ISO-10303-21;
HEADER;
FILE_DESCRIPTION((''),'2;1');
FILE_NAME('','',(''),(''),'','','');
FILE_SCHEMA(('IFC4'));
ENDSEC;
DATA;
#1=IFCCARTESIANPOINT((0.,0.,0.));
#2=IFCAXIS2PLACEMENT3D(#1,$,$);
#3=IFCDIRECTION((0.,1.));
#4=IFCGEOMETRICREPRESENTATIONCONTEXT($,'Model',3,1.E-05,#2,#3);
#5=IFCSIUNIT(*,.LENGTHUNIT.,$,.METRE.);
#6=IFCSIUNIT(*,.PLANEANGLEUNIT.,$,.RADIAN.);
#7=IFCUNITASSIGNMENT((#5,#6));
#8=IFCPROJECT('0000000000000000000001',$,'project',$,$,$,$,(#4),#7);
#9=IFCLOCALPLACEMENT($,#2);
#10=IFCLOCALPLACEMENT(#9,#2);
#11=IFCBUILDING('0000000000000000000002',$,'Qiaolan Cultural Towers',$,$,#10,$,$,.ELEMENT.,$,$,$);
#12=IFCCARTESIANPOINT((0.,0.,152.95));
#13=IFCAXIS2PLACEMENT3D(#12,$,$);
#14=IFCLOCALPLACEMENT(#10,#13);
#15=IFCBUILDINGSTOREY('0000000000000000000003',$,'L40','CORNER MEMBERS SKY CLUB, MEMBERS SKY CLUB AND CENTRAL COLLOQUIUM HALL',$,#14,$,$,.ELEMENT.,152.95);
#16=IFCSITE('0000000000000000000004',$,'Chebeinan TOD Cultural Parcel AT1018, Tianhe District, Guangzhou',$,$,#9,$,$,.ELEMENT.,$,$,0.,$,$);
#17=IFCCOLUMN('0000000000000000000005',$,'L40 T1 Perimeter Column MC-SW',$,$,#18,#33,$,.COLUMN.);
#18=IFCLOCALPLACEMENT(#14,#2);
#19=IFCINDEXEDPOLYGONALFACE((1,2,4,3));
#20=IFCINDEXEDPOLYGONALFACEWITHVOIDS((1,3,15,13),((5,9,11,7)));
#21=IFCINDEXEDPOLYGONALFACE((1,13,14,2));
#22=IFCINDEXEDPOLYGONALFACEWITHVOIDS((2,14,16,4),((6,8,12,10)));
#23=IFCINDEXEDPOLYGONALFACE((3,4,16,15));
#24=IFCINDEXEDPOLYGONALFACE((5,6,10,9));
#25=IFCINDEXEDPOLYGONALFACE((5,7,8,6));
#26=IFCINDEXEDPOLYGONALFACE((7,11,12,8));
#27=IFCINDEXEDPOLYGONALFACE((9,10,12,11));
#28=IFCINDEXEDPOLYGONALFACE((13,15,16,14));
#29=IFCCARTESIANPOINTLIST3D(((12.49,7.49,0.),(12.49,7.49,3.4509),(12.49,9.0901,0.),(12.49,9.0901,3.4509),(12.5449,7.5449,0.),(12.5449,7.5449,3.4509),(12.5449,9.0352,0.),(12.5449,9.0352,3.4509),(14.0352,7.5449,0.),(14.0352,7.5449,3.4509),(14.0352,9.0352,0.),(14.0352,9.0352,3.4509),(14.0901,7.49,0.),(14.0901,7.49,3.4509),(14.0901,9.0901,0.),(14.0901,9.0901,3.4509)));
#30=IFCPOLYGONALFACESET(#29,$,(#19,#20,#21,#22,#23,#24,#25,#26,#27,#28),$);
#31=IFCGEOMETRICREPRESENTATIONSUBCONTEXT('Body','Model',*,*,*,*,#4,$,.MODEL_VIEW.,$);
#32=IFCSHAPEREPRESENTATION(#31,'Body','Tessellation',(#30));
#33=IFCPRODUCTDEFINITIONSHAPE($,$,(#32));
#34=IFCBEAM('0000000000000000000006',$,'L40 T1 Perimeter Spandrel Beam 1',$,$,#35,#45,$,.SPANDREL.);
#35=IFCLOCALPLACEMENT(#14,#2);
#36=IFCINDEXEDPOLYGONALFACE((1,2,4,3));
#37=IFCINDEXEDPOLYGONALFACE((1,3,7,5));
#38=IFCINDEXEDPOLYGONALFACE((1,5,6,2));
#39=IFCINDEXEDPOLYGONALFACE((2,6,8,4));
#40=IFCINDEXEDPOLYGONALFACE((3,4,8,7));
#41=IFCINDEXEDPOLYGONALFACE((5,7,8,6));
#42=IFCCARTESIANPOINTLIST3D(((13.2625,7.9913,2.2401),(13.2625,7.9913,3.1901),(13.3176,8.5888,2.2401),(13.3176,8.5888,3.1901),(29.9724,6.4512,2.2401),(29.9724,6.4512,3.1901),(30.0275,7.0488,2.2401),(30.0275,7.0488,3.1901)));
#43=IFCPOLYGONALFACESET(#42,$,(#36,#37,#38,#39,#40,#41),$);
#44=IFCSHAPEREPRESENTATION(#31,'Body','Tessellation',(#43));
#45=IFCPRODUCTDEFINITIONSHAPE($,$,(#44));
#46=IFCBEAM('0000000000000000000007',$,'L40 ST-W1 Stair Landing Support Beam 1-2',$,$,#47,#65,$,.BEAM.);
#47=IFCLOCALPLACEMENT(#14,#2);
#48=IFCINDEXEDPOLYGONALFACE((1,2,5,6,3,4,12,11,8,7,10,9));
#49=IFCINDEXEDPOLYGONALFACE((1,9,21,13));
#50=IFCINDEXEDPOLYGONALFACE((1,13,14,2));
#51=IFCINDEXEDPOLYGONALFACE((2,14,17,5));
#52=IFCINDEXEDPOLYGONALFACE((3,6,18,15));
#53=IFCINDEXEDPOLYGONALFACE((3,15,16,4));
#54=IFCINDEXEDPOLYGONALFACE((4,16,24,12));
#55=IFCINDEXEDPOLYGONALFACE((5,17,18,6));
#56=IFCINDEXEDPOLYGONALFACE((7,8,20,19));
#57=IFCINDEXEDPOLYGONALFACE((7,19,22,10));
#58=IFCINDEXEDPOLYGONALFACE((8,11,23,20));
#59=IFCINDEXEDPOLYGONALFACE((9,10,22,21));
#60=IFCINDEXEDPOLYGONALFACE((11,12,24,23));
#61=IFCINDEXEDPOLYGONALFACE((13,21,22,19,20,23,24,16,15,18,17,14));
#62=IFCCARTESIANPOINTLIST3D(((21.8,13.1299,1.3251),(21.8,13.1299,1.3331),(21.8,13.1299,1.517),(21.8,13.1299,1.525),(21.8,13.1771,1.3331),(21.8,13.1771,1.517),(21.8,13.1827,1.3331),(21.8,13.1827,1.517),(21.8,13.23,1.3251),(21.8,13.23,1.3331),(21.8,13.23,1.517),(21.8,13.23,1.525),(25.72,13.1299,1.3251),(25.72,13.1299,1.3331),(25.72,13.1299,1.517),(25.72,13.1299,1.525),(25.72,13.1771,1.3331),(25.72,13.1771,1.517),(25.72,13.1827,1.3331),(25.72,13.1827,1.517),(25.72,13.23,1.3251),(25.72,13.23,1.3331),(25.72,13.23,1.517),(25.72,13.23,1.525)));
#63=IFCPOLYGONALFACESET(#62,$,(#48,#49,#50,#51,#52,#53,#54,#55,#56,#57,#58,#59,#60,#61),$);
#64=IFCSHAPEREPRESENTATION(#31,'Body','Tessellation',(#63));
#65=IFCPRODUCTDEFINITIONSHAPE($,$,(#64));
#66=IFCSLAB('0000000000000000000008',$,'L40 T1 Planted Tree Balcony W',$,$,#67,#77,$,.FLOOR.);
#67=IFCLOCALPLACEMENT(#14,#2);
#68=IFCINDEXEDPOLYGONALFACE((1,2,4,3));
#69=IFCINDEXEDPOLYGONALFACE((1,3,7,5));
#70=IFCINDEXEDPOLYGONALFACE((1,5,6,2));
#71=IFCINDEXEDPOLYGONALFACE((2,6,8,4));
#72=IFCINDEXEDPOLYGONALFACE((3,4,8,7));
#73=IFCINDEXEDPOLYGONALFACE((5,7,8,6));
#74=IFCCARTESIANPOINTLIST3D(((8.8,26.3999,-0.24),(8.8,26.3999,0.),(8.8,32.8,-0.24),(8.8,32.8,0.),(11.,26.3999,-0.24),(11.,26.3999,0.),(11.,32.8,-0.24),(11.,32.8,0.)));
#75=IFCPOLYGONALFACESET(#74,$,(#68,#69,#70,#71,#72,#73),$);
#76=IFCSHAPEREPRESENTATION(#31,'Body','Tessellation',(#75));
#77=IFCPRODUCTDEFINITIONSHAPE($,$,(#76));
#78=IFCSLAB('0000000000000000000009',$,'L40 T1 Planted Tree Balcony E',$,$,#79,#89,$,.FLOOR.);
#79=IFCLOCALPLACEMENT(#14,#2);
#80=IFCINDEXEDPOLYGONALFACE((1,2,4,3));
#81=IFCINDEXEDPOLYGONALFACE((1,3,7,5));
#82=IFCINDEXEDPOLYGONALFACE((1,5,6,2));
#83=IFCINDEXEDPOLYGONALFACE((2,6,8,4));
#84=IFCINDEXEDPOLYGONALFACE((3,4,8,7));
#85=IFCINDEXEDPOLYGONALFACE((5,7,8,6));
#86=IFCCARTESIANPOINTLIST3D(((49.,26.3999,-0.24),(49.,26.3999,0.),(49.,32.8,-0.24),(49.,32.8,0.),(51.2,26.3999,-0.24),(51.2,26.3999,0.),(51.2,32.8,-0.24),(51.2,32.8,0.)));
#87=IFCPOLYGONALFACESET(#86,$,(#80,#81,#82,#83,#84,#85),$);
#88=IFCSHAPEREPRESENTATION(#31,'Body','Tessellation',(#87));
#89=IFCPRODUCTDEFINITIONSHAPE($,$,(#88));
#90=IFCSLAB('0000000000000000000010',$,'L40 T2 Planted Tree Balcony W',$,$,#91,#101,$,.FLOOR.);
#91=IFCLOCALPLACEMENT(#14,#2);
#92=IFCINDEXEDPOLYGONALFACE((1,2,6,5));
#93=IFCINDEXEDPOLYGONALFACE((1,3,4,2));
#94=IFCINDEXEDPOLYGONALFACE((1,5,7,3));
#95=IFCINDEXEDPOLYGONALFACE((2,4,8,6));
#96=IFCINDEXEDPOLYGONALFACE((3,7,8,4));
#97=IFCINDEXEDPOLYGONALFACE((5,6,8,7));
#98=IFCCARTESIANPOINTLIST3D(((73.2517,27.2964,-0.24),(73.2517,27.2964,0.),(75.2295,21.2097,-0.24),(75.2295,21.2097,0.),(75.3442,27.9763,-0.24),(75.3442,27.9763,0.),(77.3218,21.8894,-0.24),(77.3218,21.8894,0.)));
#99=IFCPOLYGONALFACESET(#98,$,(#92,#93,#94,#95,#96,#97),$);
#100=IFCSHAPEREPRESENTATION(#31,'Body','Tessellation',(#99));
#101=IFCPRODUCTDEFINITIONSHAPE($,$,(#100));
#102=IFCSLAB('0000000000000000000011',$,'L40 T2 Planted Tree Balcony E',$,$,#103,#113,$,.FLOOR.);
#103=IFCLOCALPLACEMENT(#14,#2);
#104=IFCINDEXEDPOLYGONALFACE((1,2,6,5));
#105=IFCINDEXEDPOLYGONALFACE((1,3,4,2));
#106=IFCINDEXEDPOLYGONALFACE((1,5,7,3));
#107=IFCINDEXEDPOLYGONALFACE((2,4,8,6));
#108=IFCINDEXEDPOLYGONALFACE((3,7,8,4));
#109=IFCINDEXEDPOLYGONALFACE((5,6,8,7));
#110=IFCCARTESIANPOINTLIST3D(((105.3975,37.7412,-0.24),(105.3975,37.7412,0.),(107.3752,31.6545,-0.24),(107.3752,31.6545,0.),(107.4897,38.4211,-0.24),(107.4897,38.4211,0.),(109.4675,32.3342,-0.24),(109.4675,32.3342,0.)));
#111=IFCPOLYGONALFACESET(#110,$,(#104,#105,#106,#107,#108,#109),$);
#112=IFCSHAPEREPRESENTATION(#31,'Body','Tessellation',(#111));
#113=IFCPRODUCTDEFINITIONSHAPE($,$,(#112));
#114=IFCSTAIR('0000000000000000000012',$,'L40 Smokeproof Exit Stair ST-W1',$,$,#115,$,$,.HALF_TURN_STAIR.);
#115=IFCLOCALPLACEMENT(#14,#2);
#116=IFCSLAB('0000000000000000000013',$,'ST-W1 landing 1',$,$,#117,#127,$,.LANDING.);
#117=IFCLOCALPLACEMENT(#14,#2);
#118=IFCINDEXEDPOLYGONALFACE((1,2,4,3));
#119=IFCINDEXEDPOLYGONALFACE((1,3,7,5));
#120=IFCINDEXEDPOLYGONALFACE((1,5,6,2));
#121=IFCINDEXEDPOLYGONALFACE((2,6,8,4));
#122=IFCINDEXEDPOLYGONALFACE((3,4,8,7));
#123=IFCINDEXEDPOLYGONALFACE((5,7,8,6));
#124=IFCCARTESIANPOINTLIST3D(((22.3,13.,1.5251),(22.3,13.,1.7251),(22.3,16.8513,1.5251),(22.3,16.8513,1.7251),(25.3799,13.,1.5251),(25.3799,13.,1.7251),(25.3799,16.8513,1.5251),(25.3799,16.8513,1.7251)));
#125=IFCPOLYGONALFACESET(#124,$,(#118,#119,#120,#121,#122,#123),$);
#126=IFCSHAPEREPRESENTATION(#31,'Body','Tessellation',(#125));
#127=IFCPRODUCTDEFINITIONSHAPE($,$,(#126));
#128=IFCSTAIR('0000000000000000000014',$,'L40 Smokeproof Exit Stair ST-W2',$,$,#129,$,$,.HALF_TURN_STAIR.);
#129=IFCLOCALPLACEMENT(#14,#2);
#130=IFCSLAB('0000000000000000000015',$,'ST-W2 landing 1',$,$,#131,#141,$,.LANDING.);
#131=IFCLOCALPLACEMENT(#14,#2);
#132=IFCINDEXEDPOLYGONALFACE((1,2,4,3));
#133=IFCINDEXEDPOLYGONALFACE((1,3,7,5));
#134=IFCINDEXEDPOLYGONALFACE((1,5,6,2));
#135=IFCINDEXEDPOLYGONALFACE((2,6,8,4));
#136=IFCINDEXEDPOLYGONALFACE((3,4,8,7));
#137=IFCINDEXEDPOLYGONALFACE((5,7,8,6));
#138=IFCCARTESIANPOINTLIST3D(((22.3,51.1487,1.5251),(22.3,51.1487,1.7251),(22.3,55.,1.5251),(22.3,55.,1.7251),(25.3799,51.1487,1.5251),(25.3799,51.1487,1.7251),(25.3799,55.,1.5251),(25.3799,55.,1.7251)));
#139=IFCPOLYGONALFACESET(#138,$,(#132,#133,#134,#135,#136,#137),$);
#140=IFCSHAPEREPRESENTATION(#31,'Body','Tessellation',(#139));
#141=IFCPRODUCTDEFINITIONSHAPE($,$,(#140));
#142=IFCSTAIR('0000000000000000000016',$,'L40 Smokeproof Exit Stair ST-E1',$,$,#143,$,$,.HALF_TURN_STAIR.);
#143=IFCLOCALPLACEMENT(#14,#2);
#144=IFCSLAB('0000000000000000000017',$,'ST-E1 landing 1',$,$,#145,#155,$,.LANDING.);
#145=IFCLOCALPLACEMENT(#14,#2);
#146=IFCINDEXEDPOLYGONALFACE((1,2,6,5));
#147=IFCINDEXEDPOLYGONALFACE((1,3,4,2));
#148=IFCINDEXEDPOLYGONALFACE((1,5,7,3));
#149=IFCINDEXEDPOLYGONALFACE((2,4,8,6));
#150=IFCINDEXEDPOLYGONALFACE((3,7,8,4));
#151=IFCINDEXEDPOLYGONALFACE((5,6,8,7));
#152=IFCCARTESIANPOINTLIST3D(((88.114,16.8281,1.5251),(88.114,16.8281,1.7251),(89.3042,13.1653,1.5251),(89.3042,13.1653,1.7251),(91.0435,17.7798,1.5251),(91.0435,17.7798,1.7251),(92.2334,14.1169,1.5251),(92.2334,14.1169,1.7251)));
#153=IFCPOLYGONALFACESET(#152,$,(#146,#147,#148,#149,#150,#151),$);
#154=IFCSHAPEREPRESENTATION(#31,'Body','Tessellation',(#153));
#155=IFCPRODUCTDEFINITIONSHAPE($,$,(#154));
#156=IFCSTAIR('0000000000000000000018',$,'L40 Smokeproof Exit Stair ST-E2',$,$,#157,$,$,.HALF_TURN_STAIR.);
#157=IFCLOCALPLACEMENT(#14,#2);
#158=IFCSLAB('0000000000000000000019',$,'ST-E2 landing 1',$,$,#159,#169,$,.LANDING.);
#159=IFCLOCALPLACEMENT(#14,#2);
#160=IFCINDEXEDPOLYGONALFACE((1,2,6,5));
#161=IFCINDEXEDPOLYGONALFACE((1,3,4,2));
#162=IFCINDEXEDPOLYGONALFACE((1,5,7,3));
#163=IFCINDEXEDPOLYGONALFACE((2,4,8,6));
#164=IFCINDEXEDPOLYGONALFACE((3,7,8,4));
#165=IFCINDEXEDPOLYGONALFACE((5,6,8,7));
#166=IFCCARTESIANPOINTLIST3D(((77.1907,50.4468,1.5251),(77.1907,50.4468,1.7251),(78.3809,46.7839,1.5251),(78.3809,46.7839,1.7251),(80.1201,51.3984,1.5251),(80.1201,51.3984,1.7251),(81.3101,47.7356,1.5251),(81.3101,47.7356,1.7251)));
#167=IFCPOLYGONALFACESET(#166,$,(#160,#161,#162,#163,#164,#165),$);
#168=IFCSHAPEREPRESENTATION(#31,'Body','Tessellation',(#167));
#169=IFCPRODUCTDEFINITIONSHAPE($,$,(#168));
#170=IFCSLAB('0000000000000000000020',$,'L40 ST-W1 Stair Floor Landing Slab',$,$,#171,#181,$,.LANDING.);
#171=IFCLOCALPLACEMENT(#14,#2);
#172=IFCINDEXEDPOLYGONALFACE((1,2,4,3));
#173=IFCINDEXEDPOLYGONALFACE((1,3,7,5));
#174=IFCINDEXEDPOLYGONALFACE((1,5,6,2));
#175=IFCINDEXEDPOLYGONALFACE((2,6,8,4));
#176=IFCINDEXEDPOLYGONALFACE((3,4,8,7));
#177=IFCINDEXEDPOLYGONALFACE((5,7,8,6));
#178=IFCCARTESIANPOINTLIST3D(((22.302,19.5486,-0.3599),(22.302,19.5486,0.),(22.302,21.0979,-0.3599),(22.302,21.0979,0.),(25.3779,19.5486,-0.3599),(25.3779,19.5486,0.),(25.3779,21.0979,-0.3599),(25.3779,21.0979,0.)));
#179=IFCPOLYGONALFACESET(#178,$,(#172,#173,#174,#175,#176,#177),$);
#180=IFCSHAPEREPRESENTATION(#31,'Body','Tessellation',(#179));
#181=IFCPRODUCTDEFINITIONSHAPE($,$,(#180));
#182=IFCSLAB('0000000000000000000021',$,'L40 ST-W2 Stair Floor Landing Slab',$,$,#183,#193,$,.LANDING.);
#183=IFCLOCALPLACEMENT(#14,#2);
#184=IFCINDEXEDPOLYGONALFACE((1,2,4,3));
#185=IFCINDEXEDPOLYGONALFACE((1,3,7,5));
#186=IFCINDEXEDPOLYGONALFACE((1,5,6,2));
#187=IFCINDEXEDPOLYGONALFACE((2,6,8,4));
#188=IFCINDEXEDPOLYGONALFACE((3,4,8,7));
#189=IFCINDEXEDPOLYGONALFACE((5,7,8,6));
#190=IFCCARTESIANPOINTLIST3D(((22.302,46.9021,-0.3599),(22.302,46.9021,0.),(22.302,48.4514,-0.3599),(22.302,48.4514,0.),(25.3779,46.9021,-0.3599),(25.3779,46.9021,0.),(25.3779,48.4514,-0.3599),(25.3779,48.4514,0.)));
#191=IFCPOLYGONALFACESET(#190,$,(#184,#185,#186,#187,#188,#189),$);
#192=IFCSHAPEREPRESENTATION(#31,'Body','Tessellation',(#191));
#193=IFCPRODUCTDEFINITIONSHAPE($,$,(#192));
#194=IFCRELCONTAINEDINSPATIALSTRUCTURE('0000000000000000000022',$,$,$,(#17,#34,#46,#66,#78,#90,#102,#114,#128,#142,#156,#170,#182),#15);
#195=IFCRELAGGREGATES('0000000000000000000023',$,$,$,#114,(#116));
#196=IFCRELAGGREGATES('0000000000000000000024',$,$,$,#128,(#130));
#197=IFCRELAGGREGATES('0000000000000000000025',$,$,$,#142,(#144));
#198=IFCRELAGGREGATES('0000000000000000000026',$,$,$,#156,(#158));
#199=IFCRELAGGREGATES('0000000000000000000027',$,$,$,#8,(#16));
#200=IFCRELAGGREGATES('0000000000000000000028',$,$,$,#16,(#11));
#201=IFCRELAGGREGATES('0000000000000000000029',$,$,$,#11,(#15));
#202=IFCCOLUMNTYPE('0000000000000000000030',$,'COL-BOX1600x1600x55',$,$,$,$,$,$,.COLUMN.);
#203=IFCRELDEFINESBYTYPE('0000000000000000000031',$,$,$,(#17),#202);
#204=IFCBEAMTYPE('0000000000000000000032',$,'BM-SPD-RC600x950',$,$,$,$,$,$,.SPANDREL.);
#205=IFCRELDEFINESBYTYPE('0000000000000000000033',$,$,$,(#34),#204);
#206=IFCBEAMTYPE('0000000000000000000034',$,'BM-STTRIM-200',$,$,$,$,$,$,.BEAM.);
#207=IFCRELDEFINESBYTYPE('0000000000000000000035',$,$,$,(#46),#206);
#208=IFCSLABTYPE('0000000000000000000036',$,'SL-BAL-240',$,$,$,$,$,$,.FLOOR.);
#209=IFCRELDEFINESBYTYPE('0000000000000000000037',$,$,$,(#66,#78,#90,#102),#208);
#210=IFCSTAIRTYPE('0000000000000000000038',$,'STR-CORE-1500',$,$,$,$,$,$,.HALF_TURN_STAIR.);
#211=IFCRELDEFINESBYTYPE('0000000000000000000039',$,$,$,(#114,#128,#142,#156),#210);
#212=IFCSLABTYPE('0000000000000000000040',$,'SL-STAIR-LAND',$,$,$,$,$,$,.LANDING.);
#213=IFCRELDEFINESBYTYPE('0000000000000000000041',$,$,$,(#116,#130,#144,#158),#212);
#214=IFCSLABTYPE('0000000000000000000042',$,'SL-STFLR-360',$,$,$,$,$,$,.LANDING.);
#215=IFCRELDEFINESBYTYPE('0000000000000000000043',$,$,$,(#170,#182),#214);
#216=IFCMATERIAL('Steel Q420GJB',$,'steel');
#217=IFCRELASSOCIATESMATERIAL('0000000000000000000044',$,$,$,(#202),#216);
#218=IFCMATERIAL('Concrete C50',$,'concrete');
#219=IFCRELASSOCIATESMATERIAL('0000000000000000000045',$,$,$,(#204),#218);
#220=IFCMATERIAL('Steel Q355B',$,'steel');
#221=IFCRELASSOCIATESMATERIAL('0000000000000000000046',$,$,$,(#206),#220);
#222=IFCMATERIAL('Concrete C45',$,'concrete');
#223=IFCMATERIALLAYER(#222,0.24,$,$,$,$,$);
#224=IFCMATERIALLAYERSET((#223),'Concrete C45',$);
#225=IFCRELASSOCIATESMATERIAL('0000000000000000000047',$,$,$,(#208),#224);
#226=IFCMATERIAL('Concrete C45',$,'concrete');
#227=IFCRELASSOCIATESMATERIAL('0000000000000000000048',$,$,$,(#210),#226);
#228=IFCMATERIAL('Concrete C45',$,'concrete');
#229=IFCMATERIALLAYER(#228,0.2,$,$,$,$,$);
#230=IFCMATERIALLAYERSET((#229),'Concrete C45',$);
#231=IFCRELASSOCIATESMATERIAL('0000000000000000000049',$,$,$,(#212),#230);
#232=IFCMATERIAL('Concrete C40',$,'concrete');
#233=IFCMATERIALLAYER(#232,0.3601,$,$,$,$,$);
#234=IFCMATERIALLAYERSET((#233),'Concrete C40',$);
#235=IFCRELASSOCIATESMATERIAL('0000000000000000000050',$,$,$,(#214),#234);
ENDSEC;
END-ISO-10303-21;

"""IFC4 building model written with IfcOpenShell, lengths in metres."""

from ifc_helpers import new_model, si_unit, direction, frame, origin, origin_2d, place, context, subcontext, project, spatial, polyline, rectangle, hollow_rectangle, i_section, outline, extrude, material, layer, layer_set, material_profile, profile_set, type_object, element, aggregate, save


model = new_model("IFC4")

# Units and contexts
model_context = context("Model", 3, precision=1e-05, world=origin(), true_north=direction((0.0, 1.0)))
body_context = subcontext(model_context, "Body", "Model", "MODEL_VIEW")
ifc_project = project(units=[si_unit("LENGTHUNIT", "METRE"), si_unit("PLANEANGLEUNIT", "RADIAN")], contexts=[model_context])

# Site, building, storey
site_placement = place(None, origin())
site = spatial("IfcSite", under=ifc_project, at=site_placement, Name="Chebeinan TOD Cultural Parcel AT1018, Tianhe District, Guangzhou", CompositionType="ELEMENT", RefElevation=0.0)
building_placement = place(site_placement, origin())
building = spatial("IfcBuilding", under=site, at=building_placement, Name="Qiaolan Cultural Towers", CompositionType="ELEMENT")
storey_placement = place(building_placement, frame((0.0, 0.0, 152.95)))
storey = spatial("IfcBuildingStorey", under=building, at=storey_placement, Name="L40", Description="CORNER MEMBERS SKY CLUB, MEMBERS SKY CLUB AND CENTRAL COLLOQUIUM HALL", CompositionType="ELEMENT", Elevation=152.95)

# Column
ifc_material_1 = material(Name="Steel Q420GJB", Category="steel")
ifc_material_profile_1 = material_profile(ifc_material_1, hollow_rectangle(XDim=1.6001, YDim=1.6001, WallThickness=0.0549, at=origin_2d()), Name="BOX1600x1600x55")
ifc_profile_set_1 = profile_set([ifc_material_profile_1], Name="Steel Q420GJB")
column_type = type_object("IfcColumnType", Name="COL-BOX1600x1600x55", PredefinedType="COLUMN", material=ifc_profile_set_1)
column_placement = place(storey_placement, frame((13.29, 8.29, 0.0), z_axis=(0.0, 0.0, 1.0), x_axis=(1.0, 0.0, 0.0)))
element("IfcColumn", 1, at=column_placement, inside=storey, type_object=column_type, Name="L40 T1 Perimeter Column MC-SW", PredefinedType="COLUMN", context=body_context, shape_type="SweptSolid", body=[
    extrude(hollow_rectangle(XDim=1.6001, YDim=1.6001, WallThickness=0.0549, at=origin_2d()), origin(), (0.0, 0.0, 1.0), 3.4509),
])

# Beams
ifc_material_2 = material(Name="Concrete C50", Category="concrete")
ifc_material_profile_2 = material_profile(ifc_material_2, rectangle(XDim=0.6001, YDim=0.95, at=origin_2d()), Name="RC600x950")
ifc_profile_set_2 = profile_set([ifc_material_profile_2], Name="Concrete C50")
beam_type_1 = type_object("IfcBeamType", Name="BM-SPD-RC600x950", PredefinedType="SPANDREL", material=ifc_profile_set_2)
beam_1_placement = place(storey_placement, frame((13.29, 8.29, 2.7151), z_axis=(0.99578, -0.091774, 0.0), x_axis=(0.091774, 0.99578, 0.0)))
element("IfcBeam", 2, at=beam_1_placement, inside=storey, type_object=beam_type_1, Name="L40 T1 Perimeter Spandrel Beam 1", PredefinedType="SPANDREL", context=body_context, shape_type="SweptSolid", body=[
    extrude(rectangle(XDim=0.6001, YDim=0.95, at=origin_2d()), origin(), (0.0, 0.0, 1.0), 16.7808),
])
ifc_material_3 = material(Name="Steel Q355B", Category="steel")
ifc_material_profile_3 = material_profile(ifc_material_3, i_section(OverallWidth=0.1001, OverallDepth=0.2, WebThickness=0.0056, FlangeThickness=0.0081, at=origin_2d()), Name="HN200x100x5.5x8")
ifc_profile_set_3 = profile_set([ifc_material_profile_3], Name="Steel Q355B")
beam_type_2 = type_object("IfcBeamType", Name="BM-STTRIM-200", PredefinedType="BEAM", material=ifc_profile_set_3)
beam_2_placement = place(storey_placement, frame((21.8, 13.1799, 1.425), z_axis=(1.0, 0.0, 0.0), x_axis=(0.0, 1.0, 0.0)))
element("IfcBeam", 3, at=beam_2_placement, inside=storey, type_object=beam_type_2, Name="L40 ST-W1 Stair Landing Support Beam 1-2", PredefinedType="BEAM", context=body_context, shape_type="SweptSolid", body=[
    extrude(i_section(OverallWidth=0.1001, OverallDepth=0.2, WebThickness=0.0056, FlangeThickness=0.0081, at=origin_2d()), origin(), (0.0, 0.0, 1.0), 3.9199),
])

# Slabs
ifc_material_4 = material(Name="Concrete C45", Category="concrete")
ifc_layer_1 = layer(ifc_material_4, 0.24)
ifc_layer_set_1 = layer_set([ifc_layer_1], Name="Concrete C45")
slab_type_1 = type_object("IfcSlabType", Name="SL-BAL-240", PredefinedType="FLOOR", material=ifc_layer_set_1)
slab_1_placement = place(storey_placement, frame((0.0, 0.0, -0.24)))
element("IfcSlab", 4, at=slab_1_placement, inside=storey, type_object=slab_type_1, Name="L40 T1 Planted Tree Balcony W", PredefinedType="FLOOR", context=body_context, shape_type="SweptSolid", body=[
    extrude(outline(polyline([(8.8, 26.3999), (11.0, 26.3999), (11.0, 32.8), (8.8, 32.8), (8.8, 26.3999)])), origin(), (0.0, 0.0, 1.0), 0.24),
])
slab_2_placement = place(storey_placement, frame((0.0, 0.0, -0.24)))
element("IfcSlab", 5, at=slab_2_placement, inside=storey, type_object=slab_type_1, Name="L40 T1 Planted Tree Balcony E", PredefinedType="FLOOR", context=body_context, shape_type="SweptSolid", body=[
    extrude(outline(polyline([(49.0, 26.3999), (51.2, 26.3999), (51.2, 32.8), (49.0, 32.8), (49.0, 26.3999)])), origin(), (0.0, 0.0, 1.0), 0.24),
])
slab_3_placement = place(storey_placement, frame((0.0, 0.0, -0.24)))
element("IfcSlab", 6, at=slab_3_placement, inside=storey, type_object=slab_type_1, Name="L40 T2 Planted Tree Balcony W", PredefinedType="FLOOR", context=body_context, shape_type="SweptSolid", body=[
    extrude(outline(polyline([(75.2295, 21.2097), (77.3218, 21.8894), (75.3442, 27.9763), (73.2517, 27.2964), (75.2295, 21.2097)])), origin(), (0.0, 0.0, 1.0), 0.24),
])
slab_4_placement = place(storey_placement, frame((0.0, 0.0, -0.24)))
element("IfcSlab", 7, at=slab_4_placement, inside=storey, type_object=slab_type_1, Name="L40 T2 Planted Tree Balcony E", PredefinedType="FLOOR", context=body_context, shape_type="SweptSolid", body=[
    extrude(outline(polyline([(107.3752, 31.6545), (109.4675, 32.3342), (107.4897, 38.4211), (105.3975, 37.7412), (107.3752, 31.6545)])), origin(), (0.0, 0.0, 1.0), 0.24),
])

# Stairs, slabs
ifc_material_5 = material(Name="Concrete C45", Category="concrete")
stair_type = type_object("IfcStairType", Name="STR-CORE-1500", PredefinedType="HALF_TURN_STAIR", material=ifc_material_5)
stair_1_placement = place(storey_placement, origin())
stair_1 = element("IfcStair", 8, at=stair_1_placement, inside=storey, type_object=stair_type, Name="L40 Smokeproof Exit Stair ST-W1", PredefinedType="HALF_TURN_STAIR")
ifc_material_6 = material(Name="Concrete C45", Category="concrete")
ifc_layer_2 = layer(ifc_material_6, 0.2)
ifc_layer_set_2 = layer_set([ifc_layer_2], Name="Concrete C45")
slab_type_2 = type_object("IfcSlabType", Name="SL-STAIR-LAND", PredefinedType="LANDING", material=ifc_layer_set_2)
slab_5_placement = place(storey_placement, frame((0.0, 0.0, 1.5251)))
slab_5 = element("IfcSlab", 9, at=slab_5_placement, type_object=slab_type_2, Name="ST-W1 landing 1", PredefinedType="LANDING", context=body_context, shape_type="SweptSolid", body=[
    extrude(outline(polyline([(22.3, 16.8513), (22.3, 13.0), (25.3799, 13.0), (25.3799, 16.8513), (22.3, 16.8513)])), origin(), (0.0, 0.0, 1.0), 0.2),
])
aggregate(stair_1, [slab_5])
stair_2_placement = place(storey_placement, origin())
stair_2 = element("IfcStair", 10, at=stair_2_placement, inside=storey, type_object=stair_type, Name="L40 Smokeproof Exit Stair ST-W2", PredefinedType="HALF_TURN_STAIR")
slab_6_placement = place(storey_placement, frame((0.0, 0.0, 1.5251)))
slab_6 = element("IfcSlab", 11, at=slab_6_placement, type_object=slab_type_2, Name="ST-W2 landing 1", PredefinedType="LANDING", context=body_context, shape_type="SweptSolid", body=[
    extrude(outline(polyline([(25.3799, 51.1487), (25.3799, 55.0), (22.3, 55.0), (22.3, 51.1487), (25.3799, 51.1487)])), origin(), (0.0, 0.0, 1.0), 0.2),
])
aggregate(stair_2, [slab_6])
stair_3_placement = place(storey_placement, origin())
stair_3 = element("IfcStair", 12, at=stair_3_placement, inside=storey, type_object=stair_type, Name="L40 Smokeproof Exit Stair ST-E1", PredefinedType="HALF_TURN_STAIR")
slab_7_placement = place(storey_placement, frame((0.0, 0.0, 1.5251)))
slab_7 = element("IfcSlab", 13, at=slab_7_placement, type_object=slab_type_2, Name="ST-E1 landing 1", PredefinedType="LANDING", context=body_context, shape_type="SweptSolid", body=[
    extrude(outline(polyline([(88.114, 16.8281), (89.3042, 13.1653), (92.2334, 14.1169), (91.0435, 17.7798), (88.114, 16.8281)])), origin(), (0.0, 0.0, 1.0), 0.2),
])
aggregate(stair_3, [slab_7])
stair_4_placement = place(storey_placement, origin())
stair_4 = element("IfcStair", 14, at=stair_4_placement, inside=storey, type_object=stair_type, Name="L40 Smokeproof Exit Stair ST-E2", PredefinedType="HALF_TURN_STAIR")
slab_8_placement = place(storey_placement, frame((0.0, 0.0, 1.5251)))
slab_8 = element("IfcSlab", 15, at=slab_8_placement, type_object=slab_type_2, Name="ST-E2 landing 1", PredefinedType="LANDING", context=body_context, shape_type="SweptSolid", body=[
    extrude(outline(polyline([(81.3101, 47.7356), (80.1201, 51.3984), (77.1907, 50.4468), (78.3809, 46.7839), (81.3101, 47.7356)])), origin(), (0.0, 0.0, 1.0), 0.2),
])
aggregate(stair_4, [slab_8])

# Slabs
ifc_material_7 = material(Name="Concrete C40", Category="concrete")
ifc_layer_3 = layer(ifc_material_7, 0.3601)
ifc_layer_set_3 = layer_set([ifc_layer_3], Name="Concrete C40")
slab_type_3 = type_object("IfcSlabType", Name="SL-STFLR-360", PredefinedType="LANDING", material=ifc_layer_set_3)
slab_9_placement = place(storey_placement, frame((0.0, 0.0, -0.3599)))
element("IfcSlab", 16, at=slab_9_placement, inside=storey, type_object=slab_type_3, Name="L40 ST-W1 Stair Floor Landing Slab", PredefinedType="LANDING", context=body_context, shape_type="SweptSolid", body=[
    extrude(outline(polyline([(22.302, 21.0979), (22.302, 19.5486), (25.3779, 19.5486), (25.3779, 21.0979), (22.302, 21.0979)])), origin(), (0.0, 0.0, 1.0), 0.3599),
])
slab_10_placement = place(storey_placement, frame((0.0, 0.0, -0.3599)))
element("IfcSlab", 17, at=slab_10_placement, inside=storey, type_object=slab_type_3, Name="L40 ST-W2 Stair Floor Landing Slab", PredefinedType="LANDING", context=body_context, shape_type="SweptSolid", body=[
    extrude(outline(polyline([(25.3779, 46.9021), (25.3779, 48.4514), (22.302, 48.4514), (22.302, 46.9021), (25.3779, 46.9021)])), origin(), (0.0, 0.0, 1.0), 0.3599),
])

save(model, "model.ifc")
